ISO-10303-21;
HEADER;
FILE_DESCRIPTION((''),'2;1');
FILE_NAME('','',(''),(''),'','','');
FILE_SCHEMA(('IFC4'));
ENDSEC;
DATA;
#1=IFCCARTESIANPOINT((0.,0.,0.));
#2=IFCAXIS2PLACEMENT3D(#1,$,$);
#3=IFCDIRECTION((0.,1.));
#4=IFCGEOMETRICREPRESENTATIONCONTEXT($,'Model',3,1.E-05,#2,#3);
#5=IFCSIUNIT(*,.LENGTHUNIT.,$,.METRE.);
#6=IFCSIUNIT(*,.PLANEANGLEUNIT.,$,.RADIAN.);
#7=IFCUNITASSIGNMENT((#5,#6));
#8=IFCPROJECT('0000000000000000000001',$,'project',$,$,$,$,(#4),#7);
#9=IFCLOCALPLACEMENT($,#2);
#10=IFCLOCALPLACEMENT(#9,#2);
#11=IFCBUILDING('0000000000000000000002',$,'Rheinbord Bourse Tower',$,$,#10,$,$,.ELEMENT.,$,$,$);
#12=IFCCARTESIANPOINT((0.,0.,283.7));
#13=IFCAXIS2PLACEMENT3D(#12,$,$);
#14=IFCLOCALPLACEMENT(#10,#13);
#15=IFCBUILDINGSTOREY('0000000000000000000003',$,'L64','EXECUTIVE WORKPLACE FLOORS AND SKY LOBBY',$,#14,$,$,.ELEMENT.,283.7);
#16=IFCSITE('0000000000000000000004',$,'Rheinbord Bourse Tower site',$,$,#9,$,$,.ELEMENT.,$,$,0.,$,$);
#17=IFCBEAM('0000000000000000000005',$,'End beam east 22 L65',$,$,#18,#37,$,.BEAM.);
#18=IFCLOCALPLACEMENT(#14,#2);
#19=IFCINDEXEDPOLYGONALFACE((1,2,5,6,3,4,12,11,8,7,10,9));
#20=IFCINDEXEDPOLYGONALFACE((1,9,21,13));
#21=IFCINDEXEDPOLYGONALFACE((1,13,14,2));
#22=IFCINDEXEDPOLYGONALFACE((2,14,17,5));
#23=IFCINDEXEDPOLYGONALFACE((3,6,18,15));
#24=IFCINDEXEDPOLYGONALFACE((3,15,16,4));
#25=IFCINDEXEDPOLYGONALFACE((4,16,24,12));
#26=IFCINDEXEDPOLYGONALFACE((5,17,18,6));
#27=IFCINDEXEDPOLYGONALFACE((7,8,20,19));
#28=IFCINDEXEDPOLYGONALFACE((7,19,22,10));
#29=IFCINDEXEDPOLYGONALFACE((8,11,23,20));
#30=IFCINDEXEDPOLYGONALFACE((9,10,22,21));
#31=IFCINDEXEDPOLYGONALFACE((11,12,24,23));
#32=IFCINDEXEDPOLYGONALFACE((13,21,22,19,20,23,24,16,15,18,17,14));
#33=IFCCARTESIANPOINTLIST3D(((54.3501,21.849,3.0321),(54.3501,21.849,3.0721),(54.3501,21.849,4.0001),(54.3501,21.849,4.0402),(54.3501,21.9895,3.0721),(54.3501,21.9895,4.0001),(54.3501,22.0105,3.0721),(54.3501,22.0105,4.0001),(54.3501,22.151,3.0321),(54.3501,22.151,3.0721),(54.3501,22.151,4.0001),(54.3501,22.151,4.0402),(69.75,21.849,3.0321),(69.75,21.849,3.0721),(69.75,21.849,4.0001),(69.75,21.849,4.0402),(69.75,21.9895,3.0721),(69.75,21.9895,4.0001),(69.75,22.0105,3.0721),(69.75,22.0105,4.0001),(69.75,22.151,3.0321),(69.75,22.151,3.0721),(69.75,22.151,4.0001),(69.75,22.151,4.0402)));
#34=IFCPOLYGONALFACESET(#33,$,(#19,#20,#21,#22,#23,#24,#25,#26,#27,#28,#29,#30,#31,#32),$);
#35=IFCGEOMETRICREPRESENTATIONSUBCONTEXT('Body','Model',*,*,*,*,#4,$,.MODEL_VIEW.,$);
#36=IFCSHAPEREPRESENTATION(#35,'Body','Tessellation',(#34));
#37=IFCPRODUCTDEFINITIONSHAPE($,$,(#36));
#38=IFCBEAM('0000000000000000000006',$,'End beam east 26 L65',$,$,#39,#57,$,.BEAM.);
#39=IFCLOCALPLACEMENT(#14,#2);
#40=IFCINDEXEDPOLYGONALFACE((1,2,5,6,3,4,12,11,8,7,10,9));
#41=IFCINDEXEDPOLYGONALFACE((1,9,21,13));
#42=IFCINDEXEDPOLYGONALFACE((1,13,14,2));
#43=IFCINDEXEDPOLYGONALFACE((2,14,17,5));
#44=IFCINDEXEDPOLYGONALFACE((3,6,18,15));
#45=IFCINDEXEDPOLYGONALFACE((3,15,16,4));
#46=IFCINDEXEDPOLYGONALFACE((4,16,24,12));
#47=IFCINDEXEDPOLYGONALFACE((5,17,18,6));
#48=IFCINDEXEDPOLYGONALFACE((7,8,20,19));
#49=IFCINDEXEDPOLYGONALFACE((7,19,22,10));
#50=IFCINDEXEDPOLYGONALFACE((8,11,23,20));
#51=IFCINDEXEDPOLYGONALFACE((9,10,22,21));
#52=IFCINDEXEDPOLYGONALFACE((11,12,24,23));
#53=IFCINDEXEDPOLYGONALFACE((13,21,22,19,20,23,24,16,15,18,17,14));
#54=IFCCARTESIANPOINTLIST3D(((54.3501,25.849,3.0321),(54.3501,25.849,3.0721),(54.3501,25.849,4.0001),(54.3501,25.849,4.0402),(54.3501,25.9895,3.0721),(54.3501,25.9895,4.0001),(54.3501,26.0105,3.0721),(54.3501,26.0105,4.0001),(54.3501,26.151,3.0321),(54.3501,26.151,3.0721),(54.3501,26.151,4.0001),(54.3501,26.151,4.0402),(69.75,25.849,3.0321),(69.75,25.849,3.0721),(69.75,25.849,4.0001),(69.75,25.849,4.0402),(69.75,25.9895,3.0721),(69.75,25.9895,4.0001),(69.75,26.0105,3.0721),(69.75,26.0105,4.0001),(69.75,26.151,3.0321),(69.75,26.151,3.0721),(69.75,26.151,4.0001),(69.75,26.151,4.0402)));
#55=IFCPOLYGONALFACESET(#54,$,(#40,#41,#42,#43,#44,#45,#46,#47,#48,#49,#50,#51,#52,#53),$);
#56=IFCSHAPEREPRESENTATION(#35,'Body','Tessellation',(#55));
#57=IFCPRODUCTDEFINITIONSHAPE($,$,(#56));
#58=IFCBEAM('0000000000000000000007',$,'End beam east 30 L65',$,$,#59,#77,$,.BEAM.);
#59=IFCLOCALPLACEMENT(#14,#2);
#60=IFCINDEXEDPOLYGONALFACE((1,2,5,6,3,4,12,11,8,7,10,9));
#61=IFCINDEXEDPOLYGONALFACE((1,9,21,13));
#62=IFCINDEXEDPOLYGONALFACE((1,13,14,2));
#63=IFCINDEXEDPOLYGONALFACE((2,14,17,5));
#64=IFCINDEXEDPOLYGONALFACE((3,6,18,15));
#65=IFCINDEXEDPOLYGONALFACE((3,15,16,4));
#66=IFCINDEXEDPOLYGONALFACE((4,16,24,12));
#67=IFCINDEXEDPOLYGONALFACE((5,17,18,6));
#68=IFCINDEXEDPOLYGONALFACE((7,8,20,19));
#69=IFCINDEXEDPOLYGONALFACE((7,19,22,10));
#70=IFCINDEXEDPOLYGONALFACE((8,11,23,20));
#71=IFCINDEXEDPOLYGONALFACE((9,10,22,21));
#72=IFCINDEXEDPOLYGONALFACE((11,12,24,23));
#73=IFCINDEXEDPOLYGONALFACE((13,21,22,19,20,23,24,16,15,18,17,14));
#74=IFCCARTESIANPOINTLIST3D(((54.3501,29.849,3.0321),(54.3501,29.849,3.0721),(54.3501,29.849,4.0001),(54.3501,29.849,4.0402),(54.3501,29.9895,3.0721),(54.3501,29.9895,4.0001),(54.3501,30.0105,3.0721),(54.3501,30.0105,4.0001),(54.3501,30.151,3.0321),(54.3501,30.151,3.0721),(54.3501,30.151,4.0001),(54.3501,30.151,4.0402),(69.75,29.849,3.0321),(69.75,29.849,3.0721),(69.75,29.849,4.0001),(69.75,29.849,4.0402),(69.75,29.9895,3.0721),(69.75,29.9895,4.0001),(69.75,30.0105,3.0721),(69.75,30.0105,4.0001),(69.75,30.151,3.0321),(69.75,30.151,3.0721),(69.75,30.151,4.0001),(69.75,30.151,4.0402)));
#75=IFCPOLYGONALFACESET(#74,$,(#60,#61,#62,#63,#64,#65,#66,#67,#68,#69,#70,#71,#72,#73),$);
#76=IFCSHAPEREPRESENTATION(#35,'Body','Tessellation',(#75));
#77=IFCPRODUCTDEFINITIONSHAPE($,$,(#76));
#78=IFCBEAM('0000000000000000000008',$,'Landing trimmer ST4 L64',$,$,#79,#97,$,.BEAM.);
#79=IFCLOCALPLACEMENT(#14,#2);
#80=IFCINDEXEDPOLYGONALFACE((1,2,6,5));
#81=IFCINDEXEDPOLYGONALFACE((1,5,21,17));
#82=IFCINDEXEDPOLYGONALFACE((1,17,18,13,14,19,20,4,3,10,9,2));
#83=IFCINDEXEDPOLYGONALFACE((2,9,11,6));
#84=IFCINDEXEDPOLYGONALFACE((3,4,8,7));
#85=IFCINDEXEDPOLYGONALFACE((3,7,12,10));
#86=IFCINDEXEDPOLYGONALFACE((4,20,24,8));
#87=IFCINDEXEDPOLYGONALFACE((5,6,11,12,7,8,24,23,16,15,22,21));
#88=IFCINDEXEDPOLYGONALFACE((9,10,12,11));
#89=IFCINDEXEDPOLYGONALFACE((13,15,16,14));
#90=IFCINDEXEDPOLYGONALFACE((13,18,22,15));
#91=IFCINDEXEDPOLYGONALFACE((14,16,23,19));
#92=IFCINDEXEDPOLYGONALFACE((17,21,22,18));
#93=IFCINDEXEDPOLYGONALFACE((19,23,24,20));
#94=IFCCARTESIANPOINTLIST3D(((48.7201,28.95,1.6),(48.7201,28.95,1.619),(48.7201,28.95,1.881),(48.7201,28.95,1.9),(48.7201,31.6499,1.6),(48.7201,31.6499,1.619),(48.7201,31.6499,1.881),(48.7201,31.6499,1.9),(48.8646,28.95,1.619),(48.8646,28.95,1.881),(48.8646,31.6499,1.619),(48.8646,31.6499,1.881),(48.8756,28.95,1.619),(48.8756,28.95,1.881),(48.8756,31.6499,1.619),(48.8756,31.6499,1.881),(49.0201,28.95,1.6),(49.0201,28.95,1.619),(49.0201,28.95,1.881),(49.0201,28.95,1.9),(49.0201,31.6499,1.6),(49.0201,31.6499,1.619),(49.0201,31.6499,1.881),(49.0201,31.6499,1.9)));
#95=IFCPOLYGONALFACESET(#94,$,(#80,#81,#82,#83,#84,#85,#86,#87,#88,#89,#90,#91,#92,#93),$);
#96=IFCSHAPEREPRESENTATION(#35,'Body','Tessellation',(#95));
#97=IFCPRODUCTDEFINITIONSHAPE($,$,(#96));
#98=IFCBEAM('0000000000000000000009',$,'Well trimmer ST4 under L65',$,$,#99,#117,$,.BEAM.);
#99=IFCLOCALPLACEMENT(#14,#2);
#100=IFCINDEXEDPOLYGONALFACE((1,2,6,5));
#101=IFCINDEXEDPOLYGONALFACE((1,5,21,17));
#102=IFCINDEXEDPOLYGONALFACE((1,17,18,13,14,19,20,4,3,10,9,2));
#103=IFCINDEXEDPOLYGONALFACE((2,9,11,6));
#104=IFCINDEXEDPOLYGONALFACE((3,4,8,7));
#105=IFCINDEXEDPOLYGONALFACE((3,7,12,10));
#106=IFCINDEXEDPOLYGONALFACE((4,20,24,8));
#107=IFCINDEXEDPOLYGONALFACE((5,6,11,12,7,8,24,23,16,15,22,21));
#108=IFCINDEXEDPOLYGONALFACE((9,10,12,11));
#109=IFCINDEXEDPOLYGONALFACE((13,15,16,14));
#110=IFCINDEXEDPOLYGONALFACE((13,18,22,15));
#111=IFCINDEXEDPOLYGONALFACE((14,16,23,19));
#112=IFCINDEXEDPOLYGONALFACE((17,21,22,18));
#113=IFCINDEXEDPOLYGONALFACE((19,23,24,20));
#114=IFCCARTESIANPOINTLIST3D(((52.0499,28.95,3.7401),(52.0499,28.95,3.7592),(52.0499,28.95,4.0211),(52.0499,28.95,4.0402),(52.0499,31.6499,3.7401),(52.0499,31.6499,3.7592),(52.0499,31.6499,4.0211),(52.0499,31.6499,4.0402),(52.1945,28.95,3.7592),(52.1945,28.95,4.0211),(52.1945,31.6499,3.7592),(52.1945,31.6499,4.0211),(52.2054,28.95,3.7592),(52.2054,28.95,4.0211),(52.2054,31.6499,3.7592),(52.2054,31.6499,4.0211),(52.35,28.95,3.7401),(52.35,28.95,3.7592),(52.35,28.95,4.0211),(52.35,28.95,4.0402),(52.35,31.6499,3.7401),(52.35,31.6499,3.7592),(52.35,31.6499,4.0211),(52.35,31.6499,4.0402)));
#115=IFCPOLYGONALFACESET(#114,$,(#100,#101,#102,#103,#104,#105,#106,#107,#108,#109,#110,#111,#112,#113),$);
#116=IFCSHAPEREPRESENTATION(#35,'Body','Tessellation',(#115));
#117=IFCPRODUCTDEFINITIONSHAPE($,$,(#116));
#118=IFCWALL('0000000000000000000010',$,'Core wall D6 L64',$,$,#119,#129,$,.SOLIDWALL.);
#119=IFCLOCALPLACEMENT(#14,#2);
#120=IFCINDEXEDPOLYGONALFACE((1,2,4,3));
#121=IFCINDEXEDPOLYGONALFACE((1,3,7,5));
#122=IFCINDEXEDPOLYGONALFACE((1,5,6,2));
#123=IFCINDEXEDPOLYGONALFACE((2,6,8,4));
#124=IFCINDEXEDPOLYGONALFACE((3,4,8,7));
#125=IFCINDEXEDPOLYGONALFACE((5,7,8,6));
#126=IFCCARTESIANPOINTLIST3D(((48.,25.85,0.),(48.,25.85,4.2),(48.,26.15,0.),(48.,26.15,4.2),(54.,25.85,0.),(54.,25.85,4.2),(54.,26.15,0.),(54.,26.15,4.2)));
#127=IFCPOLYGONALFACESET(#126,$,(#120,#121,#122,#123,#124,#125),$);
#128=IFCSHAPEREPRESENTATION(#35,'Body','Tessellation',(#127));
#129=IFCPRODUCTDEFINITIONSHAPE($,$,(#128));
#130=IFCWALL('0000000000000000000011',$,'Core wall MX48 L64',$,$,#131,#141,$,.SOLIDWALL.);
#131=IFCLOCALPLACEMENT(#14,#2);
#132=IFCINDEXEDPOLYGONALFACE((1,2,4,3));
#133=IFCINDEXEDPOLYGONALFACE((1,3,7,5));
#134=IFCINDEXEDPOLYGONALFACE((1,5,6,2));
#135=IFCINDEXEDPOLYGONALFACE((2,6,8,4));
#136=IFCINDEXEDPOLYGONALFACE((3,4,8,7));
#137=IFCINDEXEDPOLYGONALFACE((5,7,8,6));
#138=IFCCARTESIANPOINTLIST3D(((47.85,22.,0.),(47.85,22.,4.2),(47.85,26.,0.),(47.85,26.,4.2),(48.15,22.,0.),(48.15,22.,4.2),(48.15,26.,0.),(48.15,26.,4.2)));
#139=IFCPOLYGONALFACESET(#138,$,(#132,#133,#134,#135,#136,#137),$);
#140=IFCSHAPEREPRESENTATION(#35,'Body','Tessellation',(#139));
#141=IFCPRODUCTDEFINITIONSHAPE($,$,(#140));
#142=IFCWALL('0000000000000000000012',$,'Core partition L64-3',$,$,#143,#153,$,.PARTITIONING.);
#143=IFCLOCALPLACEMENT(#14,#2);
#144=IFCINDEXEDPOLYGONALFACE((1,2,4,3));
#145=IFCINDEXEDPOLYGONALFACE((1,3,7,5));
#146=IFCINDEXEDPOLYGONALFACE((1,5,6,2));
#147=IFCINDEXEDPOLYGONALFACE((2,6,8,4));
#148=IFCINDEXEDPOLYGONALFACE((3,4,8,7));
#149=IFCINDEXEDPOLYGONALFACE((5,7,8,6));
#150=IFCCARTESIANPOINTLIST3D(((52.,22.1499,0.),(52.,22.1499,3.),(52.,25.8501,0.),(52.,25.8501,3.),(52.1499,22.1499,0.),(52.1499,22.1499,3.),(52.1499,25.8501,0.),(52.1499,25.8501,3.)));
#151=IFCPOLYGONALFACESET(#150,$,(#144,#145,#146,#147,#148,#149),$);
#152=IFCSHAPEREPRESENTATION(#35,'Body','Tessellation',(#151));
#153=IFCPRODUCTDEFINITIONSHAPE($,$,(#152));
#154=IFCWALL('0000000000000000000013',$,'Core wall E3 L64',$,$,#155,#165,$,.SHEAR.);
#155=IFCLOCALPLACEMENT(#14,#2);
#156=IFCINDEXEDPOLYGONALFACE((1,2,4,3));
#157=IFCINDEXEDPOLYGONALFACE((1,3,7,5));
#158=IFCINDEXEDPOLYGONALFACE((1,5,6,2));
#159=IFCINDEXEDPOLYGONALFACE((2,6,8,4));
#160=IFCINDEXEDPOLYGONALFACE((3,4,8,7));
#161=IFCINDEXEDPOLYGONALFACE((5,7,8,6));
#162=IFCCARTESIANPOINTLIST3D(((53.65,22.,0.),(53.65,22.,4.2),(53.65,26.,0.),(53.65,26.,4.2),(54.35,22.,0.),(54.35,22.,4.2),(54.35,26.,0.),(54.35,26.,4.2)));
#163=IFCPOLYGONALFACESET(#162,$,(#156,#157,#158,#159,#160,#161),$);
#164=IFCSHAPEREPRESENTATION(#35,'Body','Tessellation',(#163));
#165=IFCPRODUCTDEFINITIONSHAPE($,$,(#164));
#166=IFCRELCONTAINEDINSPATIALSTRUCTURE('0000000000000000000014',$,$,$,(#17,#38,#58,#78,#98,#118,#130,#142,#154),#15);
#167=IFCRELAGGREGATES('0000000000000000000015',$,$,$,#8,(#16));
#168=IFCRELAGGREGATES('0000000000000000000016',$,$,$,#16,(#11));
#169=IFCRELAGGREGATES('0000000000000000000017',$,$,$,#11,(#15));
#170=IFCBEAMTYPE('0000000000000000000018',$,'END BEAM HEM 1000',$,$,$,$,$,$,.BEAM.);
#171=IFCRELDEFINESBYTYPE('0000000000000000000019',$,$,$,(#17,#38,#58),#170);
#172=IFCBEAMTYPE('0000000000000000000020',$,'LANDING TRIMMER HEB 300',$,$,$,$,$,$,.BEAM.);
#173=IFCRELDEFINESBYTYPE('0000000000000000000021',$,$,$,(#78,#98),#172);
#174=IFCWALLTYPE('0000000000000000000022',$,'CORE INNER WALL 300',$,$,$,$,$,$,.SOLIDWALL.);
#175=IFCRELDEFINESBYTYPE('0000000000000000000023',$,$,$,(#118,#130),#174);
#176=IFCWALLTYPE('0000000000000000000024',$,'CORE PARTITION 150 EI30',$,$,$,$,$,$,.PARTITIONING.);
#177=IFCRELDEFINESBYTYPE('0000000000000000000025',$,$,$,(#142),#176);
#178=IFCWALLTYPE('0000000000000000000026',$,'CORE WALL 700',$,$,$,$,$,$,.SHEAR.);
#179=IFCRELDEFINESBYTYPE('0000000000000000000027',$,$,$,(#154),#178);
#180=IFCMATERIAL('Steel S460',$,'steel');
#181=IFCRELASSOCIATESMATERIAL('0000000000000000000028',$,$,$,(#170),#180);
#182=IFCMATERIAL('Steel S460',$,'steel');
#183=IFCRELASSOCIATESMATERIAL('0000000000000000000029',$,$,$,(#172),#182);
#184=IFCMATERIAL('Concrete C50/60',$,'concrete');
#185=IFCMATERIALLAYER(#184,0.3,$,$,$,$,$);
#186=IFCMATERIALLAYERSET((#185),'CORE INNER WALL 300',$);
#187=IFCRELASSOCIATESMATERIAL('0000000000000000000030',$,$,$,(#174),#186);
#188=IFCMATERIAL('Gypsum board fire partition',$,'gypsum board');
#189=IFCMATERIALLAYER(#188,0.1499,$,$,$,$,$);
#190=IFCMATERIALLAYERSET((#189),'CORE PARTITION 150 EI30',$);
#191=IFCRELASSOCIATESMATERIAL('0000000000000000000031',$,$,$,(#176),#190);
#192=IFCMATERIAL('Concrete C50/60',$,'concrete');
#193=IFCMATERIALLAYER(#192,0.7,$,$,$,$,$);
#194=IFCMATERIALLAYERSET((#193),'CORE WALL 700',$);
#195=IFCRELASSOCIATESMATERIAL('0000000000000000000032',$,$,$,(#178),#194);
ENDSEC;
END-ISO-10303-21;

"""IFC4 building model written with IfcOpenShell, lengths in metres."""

from ifc_helpers import new_model, si_unit, direction, frame, frame_2d, origin, origin_2d, place, context, subcontext, project, spatial, rectangle, i_section, extrude, material, layer, layer_set, material_profile, profile_set, type_object, element, save


model = new_model("IFC4")

# Units and contexts
model_context = context("Model", 3, precision=1e-05, world=origin(), true_north=direction((0.0, 1.0)))
body_context = subcontext(model_context, "Body", "Model", "MODEL_VIEW")
ifc_project = project(units=[si_unit("LENGTHUNIT", "METRE"), si_unit("PLANEANGLEUNIT", "RADIAN")], contexts=[model_context])

# Site, building, storey
site_placement = place(None, origin())
site = spatial("IfcSite", under=ifc_project, at=site_placement, Name="Rheinbord Bourse Tower site", CompositionType="ELEMENT", RefElevation=0.0)
building_placement = place(site_placement, origin())
building = spatial("IfcBuilding", under=site, at=building_placement, Name="Rheinbord Bourse Tower", CompositionType="ELEMENT")
storey_placement = place(building_placement, frame((0.0, 0.0, 283.7)))
storey = spatial("IfcBuildingStorey", under=building, at=storey_placement, Name="L64", Description="EXECUTIVE WORKPLACE FLOORS AND SKY LOBBY", CompositionType="ELEMENT", Elevation=283.7)

# Beams
ifc_material_1 = material(Name="Steel S460", Category="steel")
ifc_material_profile_1 = material_profile(ifc_material_1, i_section(OverallWidth=0.302, OverallDepth=1.0081, WebThickness=0.021, FlangeThickness=0.04, at=origin_2d()), Name="HEM 1000")
ifc_profile_set_1 = profile_set([ifc_material_profile_1], Name="Steel S460")
beam_type_1 = type_object("IfcBeamType", Name="END BEAM HEM 1000", PredefinedType="BEAM", material=ifc_profile_set_1)
for number, where, z_axis, x_axis, name in (
    (1, (54.3501, 22.0, 3.5361), (1.0, 0.0, 0.0), (0.0, 1.0, 0.0), "End beam east 22 L65"),
    (2, (54.3501, 26.0, 3.5361), (1.0, 0.0, 0.0), (0.0, 1.0, 0.0), "End beam east 26 L65"),
    (3, (54.3501, 30.0, 3.5361), (1.0, 0.0, 0.0), (0.0, 1.0, 0.0), "End beam east 30 L65"),
):
    element("IfcBeam", number, at=place(storey_placement, frame(where, z_axis=z_axis, x_axis=x_axis)), inside=storey, type_object=beam_type_1, Name=name, PredefinedType="BEAM", context=body_context, shape_type="SweptSolid", body=[
        extrude(i_section(OverallWidth=0.302, OverallDepth=1.0081, WebThickness=0.021, FlangeThickness=0.04, at=origin_2d()), origin(), (0.0, 0.0, 1.0), 15.3999),
    ])
ifc_material_2 = material(Name="Steel S460", Category="steel")
ifc_material_profile_2 = material_profile(ifc_material_2, i_section(OverallWidth=0.3, OverallDepth=0.3, WebThickness=0.011, FlangeThickness=0.019, at=origin_2d()), Name="HEB 300")
ifc_profile_set_2 = profile_set([ifc_material_profile_2], Name="Steel S460")
beam_type_2 = type_object("IfcBeamType", Name="LANDING TRIMMER HEB 300", PredefinedType="BEAM", material=ifc_profile_set_2)
for number, where, z_axis, x_axis, name in (
    (4, (48.8701, 28.95, 1.75), (0.0, 1.0, 0.0), (-1.0, 0.0, 0.0), "Landing trimmer ST4 L64"),
    (5, (52.2, 28.95, 3.8901), (0.0, 1.0, 0.0), (-1.0, 0.0, 0.0), "Well trimmer ST4 under L65"),
):
    element("IfcBeam", number, at=place(storey_placement, frame(where, z_axis=z_axis, x_axis=x_axis)), inside=storey, type_object=beam_type_2, Name=name, PredefinedType="BEAM", context=body_context, shape_type="SweptSolid", body=[
        extrude(i_section(OverallWidth=0.3, OverallDepth=0.3, WebThickness=0.011, FlangeThickness=0.019, at=origin_2d()), origin(), (0.0, 0.0, 1.0), 2.7),
    ])

# Walls
ifc_material_3 = material(Name="Concrete C50/60", Category="concrete")
ifc_layer_1 = layer(ifc_material_3, 0.3)
ifc_layer_set_1 = layer_set([ifc_layer_1], Name="CORE INNER WALL 300")
wall_type_1 = type_object("IfcWallType", Name="CORE INNER WALL 300", PredefinedType="SOLIDWALL", material=ifc_layer_set_1)
wall_1_placement = place(storey_placement, frame((48.0, 26.0, 0.0), z_axis=(0.0, 0.0, 1.0), x_axis=(1.0, 0.0, 0.0)))
element("IfcWall", 6, at=wall_1_placement, inside=storey, type_object=wall_type_1, Name="Core wall D6 L64", PredefinedType="SOLIDWALL", context=body_context, shape_type="SweptSolid", body=[
    extrude(rectangle(XDim=6.0, YDim=0.3, at=frame_2d((3.0, 0.0))), origin(), (0.0, 0.0, 1.0), 4.2),
])
wall_2_placement = place(storey_placement, frame((48.0, 22.0, 0.0), z_axis=(0.0, 0.0, 1.0), x_axis=(0.0, 1.0, 0.0)))
element("IfcWall", 7, at=wall_2_placement, inside=storey, type_object=wall_type_1, Name="Core wall MX48 L64", PredefinedType="SOLIDWALL", context=body_context, shape_type="SweptSolid", body=[
    extrude(rectangle(XDim=4.0, YDim=0.3, at=frame_2d((2.0, 0.0))), origin(), (0.0, 0.0, 1.0), 4.2),
])
ifc_material_4 = material(Name="Gypsum board fire partition", Category="gypsum board")
ifc_layer_2 = layer(ifc_material_4, 0.1499)
ifc_layer_set_2 = layer_set([ifc_layer_2], Name="CORE PARTITION 150 EI30")
wall_type_2 = type_object("IfcWallType", Name="CORE PARTITION 150 EI30", PredefinedType="PARTITIONING", material=ifc_layer_set_2)
wall_3_placement = place(storey_placement, frame((52.075, 22.1499, 0.0), z_axis=(0.0, 0.0, 1.0), x_axis=(0.0, 1.0, 0.0)))
element("IfcWall", 8, at=wall_3_placement, inside=storey, type_object=wall_type_2, Name="Core partition L64-3", PredefinedType="PARTITIONING", context=body_context, shape_type="SweptSolid", body=[
    extrude(rectangle(XDim=3.7002, YDim=0.1499, at=frame_2d((1.8501, 0.0))), origin(), (0.0, 0.0, 1.0), 3.0),
])
ifc_material_5 = material(Name="Concrete C50/60", Category="concrete")
ifc_layer_3 = layer(ifc_material_5, 0.7)
ifc_layer_set_3 = layer_set([ifc_layer_3], Name="CORE WALL 700")
wall_type_3 = type_object("IfcWallType", Name="CORE WALL 700", PredefinedType="SHEAR", material=ifc_layer_set_3)
wall_4_placement = place(storey_placement, frame((54.0, 22.0, 0.0), z_axis=(0.0, 0.0, 1.0), x_axis=(0.0, 1.0, 0.0)))
element("IfcWall", 9, at=wall_4_placement, inside=storey, type_object=wall_type_3, Name="Core wall E3 L64", PredefinedType="SHEAR", context=body_context, shape_type="SweptSolid", body=[
    extrude(rectangle(XDim=4.0, YDim=0.7, at=frame_2d((2.0, 0.0))), origin(), (0.0, 0.0, 1.0), 4.2),
])

save(model, "model.ifc")
